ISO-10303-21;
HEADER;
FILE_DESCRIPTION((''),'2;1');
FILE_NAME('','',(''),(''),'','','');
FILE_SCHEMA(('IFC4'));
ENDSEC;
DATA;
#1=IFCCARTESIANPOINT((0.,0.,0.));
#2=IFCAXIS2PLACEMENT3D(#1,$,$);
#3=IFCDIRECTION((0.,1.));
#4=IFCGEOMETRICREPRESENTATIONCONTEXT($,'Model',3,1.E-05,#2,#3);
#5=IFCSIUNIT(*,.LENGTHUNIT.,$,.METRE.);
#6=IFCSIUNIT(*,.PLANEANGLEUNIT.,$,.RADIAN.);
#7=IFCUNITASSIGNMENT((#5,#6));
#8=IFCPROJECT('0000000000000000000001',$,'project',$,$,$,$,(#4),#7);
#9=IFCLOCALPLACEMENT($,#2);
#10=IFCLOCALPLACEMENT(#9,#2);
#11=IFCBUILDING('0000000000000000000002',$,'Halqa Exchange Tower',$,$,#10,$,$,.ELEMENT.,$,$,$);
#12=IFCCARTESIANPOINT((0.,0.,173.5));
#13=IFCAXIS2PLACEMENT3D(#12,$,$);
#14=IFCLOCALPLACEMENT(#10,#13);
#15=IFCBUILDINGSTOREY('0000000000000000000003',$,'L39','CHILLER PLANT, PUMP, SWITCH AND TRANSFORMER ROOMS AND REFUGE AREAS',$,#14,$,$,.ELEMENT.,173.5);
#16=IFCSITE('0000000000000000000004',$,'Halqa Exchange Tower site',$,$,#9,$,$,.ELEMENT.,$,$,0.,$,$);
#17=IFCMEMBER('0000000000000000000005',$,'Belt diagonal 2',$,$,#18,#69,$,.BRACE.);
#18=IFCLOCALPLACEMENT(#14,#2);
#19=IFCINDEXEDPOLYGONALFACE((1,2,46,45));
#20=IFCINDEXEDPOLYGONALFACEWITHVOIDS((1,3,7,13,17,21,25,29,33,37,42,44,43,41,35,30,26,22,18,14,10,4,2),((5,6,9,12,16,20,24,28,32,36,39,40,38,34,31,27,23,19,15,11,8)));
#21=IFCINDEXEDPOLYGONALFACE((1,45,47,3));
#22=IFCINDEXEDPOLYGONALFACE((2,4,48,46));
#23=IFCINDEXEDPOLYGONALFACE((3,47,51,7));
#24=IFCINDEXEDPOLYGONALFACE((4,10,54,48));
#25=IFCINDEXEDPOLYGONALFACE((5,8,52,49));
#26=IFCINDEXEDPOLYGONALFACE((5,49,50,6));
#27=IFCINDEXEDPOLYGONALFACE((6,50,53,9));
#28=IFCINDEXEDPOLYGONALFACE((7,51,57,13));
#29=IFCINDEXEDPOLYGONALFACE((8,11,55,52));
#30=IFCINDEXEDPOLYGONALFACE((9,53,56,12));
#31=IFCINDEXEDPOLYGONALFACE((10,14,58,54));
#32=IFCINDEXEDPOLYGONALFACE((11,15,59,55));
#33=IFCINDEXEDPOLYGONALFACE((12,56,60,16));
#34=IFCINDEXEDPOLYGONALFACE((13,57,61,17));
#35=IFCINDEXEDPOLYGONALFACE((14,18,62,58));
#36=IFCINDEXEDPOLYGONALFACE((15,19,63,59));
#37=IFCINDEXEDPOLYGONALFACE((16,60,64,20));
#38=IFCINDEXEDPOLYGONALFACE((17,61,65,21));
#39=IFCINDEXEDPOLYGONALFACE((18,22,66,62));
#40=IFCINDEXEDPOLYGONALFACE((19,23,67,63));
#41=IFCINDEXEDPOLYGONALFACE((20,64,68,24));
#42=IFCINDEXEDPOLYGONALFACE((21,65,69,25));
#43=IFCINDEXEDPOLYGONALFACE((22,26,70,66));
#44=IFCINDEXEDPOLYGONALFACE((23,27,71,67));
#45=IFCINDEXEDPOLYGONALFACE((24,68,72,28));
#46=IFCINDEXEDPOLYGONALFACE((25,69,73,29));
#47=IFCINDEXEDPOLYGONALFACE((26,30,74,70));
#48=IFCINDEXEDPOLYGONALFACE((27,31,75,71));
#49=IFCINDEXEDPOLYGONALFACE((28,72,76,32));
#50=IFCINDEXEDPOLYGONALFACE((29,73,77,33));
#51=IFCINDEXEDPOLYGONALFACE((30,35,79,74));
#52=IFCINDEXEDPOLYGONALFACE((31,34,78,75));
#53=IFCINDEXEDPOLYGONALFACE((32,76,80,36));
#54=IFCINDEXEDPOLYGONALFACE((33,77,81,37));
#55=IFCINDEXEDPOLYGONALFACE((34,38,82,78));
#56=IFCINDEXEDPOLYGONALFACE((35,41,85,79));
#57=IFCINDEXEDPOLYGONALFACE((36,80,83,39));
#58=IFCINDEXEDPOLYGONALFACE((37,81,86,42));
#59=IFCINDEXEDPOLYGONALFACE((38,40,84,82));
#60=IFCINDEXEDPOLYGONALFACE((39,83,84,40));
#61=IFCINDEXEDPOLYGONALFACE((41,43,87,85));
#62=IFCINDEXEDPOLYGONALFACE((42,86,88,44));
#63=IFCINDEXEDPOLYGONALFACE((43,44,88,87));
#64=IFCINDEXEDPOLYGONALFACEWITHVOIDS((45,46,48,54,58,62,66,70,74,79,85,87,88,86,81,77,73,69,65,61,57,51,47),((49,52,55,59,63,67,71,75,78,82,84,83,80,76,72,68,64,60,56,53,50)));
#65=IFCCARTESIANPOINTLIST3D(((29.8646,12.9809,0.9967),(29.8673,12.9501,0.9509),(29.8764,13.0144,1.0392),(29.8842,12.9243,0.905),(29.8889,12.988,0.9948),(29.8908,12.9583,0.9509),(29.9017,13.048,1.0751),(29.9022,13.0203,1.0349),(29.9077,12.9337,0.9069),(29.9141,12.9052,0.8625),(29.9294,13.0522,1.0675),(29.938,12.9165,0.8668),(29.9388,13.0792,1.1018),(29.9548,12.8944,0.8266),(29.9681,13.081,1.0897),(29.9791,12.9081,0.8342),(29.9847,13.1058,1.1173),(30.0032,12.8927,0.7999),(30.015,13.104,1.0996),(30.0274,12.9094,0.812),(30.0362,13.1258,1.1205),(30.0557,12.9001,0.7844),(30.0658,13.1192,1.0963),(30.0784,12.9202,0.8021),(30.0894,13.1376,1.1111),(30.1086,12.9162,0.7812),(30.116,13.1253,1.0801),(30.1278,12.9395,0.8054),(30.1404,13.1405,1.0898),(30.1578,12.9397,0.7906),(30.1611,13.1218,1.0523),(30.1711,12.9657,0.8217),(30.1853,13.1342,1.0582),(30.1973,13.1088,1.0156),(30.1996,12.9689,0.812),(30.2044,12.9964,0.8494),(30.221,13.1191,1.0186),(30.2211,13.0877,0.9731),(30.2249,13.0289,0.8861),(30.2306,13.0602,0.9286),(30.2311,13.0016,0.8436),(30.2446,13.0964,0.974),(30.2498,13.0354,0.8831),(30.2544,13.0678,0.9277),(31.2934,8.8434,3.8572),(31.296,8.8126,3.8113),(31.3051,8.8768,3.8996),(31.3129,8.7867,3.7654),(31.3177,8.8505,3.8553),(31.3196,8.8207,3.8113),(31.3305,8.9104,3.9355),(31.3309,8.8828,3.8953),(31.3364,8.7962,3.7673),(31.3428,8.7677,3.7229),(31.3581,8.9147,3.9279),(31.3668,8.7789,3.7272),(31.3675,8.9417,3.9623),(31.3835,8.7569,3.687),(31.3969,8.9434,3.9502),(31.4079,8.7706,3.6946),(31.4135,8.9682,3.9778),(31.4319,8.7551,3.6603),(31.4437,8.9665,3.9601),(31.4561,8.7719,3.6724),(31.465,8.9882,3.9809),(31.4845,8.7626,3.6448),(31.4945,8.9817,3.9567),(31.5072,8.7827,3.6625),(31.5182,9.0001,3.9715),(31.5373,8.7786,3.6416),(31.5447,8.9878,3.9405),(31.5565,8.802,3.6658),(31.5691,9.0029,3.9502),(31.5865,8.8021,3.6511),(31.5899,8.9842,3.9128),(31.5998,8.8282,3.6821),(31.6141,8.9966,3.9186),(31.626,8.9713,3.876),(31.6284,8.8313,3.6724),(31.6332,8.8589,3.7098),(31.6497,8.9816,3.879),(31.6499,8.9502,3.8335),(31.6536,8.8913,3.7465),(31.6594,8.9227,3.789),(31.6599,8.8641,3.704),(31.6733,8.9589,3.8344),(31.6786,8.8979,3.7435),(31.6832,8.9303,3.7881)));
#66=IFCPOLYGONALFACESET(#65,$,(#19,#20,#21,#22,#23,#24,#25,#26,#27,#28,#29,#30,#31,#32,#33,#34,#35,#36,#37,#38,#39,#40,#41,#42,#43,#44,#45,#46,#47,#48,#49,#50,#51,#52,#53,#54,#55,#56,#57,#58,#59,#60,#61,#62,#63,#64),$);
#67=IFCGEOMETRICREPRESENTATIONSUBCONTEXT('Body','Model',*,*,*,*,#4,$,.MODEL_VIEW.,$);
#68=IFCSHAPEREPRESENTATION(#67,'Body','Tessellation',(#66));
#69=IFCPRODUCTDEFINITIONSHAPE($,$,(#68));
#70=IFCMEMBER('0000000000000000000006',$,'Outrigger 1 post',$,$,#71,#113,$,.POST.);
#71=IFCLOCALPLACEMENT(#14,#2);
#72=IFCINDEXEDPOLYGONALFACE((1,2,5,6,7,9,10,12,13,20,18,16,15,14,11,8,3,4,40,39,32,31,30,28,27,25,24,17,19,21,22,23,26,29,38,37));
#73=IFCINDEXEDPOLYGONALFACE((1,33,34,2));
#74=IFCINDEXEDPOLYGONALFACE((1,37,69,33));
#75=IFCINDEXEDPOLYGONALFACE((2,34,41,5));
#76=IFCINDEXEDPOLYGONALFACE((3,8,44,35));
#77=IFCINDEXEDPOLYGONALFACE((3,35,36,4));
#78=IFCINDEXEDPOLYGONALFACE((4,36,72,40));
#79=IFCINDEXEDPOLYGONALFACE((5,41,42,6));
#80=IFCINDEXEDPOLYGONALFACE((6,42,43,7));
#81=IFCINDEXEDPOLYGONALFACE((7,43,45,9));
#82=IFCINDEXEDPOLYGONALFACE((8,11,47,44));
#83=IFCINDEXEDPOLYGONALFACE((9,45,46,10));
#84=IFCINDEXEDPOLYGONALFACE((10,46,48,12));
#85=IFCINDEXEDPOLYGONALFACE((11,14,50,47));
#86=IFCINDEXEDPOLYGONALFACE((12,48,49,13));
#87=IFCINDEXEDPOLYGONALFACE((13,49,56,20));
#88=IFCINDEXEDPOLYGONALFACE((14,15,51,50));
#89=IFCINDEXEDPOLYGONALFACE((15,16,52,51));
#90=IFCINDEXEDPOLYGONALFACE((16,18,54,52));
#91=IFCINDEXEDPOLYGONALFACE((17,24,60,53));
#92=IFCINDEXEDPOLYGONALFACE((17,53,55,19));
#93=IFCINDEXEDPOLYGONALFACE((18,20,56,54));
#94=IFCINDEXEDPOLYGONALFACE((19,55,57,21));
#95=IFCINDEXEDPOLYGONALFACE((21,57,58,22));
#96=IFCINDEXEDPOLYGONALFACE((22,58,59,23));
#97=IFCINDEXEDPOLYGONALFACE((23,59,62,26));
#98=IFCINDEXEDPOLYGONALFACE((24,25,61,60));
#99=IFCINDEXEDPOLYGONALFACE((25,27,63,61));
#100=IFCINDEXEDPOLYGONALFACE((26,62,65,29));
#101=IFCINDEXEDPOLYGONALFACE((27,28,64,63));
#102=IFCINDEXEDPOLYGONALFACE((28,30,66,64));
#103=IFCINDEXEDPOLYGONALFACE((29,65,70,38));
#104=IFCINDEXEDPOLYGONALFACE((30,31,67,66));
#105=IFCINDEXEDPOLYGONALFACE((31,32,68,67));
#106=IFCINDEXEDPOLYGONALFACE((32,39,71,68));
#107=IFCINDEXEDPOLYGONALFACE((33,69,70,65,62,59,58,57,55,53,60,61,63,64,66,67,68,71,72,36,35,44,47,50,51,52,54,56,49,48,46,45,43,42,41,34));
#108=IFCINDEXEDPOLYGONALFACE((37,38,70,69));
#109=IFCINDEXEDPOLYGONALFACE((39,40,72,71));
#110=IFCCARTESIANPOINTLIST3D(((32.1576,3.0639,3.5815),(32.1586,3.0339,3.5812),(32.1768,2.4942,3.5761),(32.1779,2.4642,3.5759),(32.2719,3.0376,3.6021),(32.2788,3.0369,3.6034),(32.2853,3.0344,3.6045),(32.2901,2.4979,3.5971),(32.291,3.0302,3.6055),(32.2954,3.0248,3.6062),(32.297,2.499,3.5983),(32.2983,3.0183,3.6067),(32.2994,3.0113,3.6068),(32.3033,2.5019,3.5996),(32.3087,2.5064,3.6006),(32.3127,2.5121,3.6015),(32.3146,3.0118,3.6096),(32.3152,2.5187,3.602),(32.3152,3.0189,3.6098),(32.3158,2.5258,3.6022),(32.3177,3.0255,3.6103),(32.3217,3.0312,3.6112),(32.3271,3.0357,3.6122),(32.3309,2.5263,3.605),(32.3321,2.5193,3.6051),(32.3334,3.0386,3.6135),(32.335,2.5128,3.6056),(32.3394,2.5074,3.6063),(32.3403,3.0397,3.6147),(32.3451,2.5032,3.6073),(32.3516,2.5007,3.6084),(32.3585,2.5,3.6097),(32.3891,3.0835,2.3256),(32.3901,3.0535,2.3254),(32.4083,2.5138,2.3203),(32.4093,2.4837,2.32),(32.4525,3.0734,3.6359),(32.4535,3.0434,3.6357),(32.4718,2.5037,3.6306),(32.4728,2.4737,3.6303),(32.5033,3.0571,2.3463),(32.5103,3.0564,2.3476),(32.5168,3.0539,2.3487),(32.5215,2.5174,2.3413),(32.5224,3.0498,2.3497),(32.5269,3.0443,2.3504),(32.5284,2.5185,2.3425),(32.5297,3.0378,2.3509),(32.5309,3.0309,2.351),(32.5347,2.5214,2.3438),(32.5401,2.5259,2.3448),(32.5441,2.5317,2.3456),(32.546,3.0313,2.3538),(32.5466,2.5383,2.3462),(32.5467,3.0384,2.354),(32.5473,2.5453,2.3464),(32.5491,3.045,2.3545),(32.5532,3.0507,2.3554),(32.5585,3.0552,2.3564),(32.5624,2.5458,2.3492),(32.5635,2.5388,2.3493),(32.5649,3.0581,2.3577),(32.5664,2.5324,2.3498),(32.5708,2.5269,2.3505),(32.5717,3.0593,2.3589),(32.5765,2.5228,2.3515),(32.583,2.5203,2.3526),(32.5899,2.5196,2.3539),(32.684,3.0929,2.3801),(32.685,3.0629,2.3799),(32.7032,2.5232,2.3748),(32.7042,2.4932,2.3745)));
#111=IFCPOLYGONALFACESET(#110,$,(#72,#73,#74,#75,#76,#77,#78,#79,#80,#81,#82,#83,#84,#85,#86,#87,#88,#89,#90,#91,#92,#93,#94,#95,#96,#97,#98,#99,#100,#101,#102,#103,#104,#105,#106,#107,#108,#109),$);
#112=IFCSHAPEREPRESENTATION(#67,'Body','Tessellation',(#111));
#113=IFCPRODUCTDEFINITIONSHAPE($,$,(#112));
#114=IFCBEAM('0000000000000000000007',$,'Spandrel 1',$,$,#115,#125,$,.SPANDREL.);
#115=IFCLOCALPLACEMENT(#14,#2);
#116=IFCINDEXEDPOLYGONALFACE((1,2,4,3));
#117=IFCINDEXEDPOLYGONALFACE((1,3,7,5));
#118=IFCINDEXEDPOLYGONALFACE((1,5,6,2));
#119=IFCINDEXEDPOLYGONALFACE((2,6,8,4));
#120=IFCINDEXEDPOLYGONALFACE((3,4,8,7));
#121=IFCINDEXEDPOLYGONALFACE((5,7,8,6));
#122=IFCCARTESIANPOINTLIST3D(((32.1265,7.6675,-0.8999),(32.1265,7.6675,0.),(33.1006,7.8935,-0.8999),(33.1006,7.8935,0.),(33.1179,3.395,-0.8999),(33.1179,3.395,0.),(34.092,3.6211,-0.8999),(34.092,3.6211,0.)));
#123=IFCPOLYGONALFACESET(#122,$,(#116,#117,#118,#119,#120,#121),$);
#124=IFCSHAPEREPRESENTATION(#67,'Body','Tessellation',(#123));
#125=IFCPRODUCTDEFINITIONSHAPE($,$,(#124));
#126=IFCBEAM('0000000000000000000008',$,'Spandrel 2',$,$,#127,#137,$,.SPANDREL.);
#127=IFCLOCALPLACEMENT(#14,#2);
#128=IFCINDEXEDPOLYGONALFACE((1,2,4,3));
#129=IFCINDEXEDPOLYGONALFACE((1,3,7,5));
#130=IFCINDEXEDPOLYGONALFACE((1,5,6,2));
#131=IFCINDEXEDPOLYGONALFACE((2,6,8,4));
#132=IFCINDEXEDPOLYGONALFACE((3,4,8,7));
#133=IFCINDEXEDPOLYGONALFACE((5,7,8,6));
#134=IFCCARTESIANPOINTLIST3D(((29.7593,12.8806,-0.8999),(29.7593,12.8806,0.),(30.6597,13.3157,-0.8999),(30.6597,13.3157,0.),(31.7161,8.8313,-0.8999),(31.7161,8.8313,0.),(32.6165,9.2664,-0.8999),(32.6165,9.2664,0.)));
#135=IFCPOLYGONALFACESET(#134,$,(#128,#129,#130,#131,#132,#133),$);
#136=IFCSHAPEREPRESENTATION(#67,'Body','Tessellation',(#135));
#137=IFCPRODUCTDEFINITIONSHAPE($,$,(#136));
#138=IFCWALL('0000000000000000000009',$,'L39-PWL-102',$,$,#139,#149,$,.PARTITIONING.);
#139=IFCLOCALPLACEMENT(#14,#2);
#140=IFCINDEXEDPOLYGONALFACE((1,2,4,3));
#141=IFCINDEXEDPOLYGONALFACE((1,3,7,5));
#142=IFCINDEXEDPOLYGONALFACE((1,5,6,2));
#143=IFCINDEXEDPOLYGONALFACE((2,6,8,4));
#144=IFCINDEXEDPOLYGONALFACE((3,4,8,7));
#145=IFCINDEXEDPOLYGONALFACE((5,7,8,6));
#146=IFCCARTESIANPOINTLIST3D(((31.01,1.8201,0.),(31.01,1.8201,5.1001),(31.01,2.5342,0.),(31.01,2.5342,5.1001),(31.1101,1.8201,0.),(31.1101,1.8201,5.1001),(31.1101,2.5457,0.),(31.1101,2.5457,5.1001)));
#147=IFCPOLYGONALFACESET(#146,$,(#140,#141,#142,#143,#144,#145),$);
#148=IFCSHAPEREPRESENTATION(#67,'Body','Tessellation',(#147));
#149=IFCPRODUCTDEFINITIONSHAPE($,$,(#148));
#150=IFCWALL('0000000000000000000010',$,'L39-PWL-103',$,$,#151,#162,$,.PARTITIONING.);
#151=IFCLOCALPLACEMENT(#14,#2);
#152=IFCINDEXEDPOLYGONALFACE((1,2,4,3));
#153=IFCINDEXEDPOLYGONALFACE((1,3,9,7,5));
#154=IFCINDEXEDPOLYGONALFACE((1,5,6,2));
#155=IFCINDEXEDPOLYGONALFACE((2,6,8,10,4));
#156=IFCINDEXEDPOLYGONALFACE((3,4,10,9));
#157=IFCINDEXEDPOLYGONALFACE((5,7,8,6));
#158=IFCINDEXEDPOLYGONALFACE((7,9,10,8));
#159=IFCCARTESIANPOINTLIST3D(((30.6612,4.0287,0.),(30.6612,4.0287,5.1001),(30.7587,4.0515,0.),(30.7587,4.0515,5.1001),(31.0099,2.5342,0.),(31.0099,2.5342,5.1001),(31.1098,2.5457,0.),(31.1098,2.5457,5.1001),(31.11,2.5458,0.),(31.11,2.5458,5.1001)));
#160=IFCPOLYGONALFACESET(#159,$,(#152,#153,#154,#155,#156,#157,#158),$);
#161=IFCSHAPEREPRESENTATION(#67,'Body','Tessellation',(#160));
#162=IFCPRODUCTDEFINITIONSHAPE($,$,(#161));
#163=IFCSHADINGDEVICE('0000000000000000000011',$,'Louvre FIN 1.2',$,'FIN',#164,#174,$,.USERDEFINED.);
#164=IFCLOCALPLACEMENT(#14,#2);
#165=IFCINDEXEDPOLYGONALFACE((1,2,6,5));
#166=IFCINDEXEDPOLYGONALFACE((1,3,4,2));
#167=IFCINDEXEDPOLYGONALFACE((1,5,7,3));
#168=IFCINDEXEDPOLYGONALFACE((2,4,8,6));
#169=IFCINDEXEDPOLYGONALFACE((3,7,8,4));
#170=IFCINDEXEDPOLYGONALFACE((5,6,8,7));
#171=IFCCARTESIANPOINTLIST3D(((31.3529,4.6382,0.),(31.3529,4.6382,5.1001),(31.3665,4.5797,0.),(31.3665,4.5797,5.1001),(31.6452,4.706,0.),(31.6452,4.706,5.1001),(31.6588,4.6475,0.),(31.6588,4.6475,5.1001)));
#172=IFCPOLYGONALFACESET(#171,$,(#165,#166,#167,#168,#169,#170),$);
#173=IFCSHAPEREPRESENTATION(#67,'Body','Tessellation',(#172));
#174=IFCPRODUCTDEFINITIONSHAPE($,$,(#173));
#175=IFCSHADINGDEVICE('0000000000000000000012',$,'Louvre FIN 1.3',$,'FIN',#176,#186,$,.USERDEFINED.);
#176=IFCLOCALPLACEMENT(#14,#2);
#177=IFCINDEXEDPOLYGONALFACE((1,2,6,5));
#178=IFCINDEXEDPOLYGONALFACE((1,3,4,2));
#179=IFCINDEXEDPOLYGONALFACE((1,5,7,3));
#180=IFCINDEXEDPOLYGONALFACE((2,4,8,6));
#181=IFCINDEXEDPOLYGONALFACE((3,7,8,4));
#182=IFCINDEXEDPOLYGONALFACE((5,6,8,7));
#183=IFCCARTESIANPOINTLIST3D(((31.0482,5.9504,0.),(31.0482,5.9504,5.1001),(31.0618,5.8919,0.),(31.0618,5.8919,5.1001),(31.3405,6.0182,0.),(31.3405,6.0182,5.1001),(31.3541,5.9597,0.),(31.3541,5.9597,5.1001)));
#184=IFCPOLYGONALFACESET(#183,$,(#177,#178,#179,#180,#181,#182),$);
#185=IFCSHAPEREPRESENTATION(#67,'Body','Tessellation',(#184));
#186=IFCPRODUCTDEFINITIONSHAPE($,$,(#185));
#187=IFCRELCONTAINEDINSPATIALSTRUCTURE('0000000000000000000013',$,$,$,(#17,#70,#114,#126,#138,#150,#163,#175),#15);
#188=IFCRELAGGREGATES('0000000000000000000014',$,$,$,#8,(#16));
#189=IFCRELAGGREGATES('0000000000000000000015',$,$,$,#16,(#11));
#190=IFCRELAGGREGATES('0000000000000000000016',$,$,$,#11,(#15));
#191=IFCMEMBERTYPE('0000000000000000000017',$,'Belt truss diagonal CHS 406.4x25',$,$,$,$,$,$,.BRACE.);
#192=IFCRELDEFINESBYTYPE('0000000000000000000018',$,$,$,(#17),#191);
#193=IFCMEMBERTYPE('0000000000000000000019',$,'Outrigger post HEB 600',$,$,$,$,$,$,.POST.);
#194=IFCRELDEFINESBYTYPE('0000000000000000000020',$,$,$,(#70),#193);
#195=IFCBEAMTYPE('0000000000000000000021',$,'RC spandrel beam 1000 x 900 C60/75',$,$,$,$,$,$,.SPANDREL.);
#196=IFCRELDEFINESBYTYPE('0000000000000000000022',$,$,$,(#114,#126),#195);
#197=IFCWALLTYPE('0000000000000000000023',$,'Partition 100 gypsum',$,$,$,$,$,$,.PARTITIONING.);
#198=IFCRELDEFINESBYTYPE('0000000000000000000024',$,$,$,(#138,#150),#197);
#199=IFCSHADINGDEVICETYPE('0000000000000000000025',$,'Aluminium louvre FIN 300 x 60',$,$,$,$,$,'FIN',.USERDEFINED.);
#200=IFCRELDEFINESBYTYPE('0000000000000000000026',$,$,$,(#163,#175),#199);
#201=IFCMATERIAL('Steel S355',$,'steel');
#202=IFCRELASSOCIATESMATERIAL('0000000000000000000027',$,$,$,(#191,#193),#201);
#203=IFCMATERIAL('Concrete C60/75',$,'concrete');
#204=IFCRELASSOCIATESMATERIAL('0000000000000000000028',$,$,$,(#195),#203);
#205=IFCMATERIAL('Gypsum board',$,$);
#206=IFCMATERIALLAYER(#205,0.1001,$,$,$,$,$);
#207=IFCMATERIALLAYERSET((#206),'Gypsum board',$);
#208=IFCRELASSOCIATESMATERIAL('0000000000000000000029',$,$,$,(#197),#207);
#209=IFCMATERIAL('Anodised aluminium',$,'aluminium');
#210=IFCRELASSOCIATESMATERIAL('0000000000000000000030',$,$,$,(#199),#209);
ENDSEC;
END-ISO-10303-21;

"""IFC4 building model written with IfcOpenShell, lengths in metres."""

from ifc_helpers import new_model, si_unit, direction, frame, origin, origin_2d, place, context, subcontext, project, spatial, polyline, rectangle, hollow_circle, i_section, outline, extrude, material, layer, layer_set, material_profile, profile_set, type_object, element, save


model = new_model("IFC4")

# Units and contexts
model_context = context("Model", 3, precision=1e-05, world=origin(), true_north=direction((0.0, 1.0)))
body_context = subcontext(model_context, "Body", "Model", "MODEL_VIEW")
ifc_project = project(units=[si_unit("LENGTHUNIT", "METRE"), si_unit("PLANEANGLEUNIT", "RADIAN")], contexts=[model_context])

# Site, building, storey
site_placement = place(None, origin())
site = spatial("IfcSite", under=ifc_project, at=site_placement, Name="Halqa Exchange Tower site", CompositionType="ELEMENT", RefElevation=0.0)
building_placement = place(site_placement, origin())
building = spatial("IfcBuilding", under=site, at=building_placement, Name="Halqa Exchange Tower", CompositionType="ELEMENT")
storey_placement = place(building_placement, frame((0.0, 0.0, 173.5)))
storey = spatial("IfcBuildingStorey", under=building, at=storey_placement, Name="L39", Description="CHILLER PLANT, PUMP, SWITCH AND TRANSFORMER ROOMS AND REFUGE AREAS", CompositionType="ELEMENT", Elevation=173.5)

# Members
ifc_material_1 = material(Name="Steel S355", Category="steel")
ifc_material_profile_1 = material_profile(ifc_material_1, hollow_circle(Radius=0.2031, WallThickness=0.0249, at=origin_2d()), Name="CHS 406.4x25")
ifc_profile_set_1 = profile_set([ifc_material_profile_1], Name="Steel S355")
member_type_1 = type_object("IfcMemberType", Name="Belt truss diagonal CHS 406.4x25", PredefinedType="BRACE", material=ifc_profile_set_1)
member_1_placement = place(storey_placement, frame((31.488, 8.8789, 3.8113), z_axis=(-0.273234, 0.791267, -0.547028), x_axis=(-0.945232, -0.3264, 0.0)))
element("IfcMember", 1, at=member_1_placement, inside=storey, type_object=member_type_1, Name="Belt diagonal 2", PredefinedType="BRACE", context=body_context, shape_type="SweptSolid", body=[
    extrude(hollow_circle(Radius=0.2031, WallThickness=0.0249, at=origin_2d()), origin(), (0.0, 0.0, 1.0), 5.229),
])
ifc_material_profile_2 = material_profile(ifc_material_1, i_section(OverallWidth=0.3, OverallDepth=0.6001, WebThickness=0.0154, FlangeThickness=0.03, FilletRadius=0.0271, at=origin_2d()), Name="HEB 600")
ifc_profile_set_2 = profile_set([ifc_material_profile_2], Name="Steel S355")
member_type_2 = type_object("IfcMemberType", Name="Outrigger post HEB 600", PredefinedType="POST", material=ifc_profile_set_2)
member_2_placement = place(storey_placement, frame((32.5466, 2.7883, 2.3501), z_axis=(-0.181219, -0.015293, 0.983324), x_axis=(0.982865, 0.031452, 0.181624)))
element("IfcMember", 2, at=member_2_placement, inside=storey, type_object=member_type_2, Name="Outrigger 1 post", PredefinedType="POST", context=body_context, shape_type="SweptSolid", body=[
    extrude(i_section(OverallWidth=0.3, OverallDepth=0.6001, WebThickness=0.0154, FlangeThickness=0.03, FilletRadius=0.0271, at=origin_2d()), origin(), (0.0, 0.0, 1.0), 1.2771),
])

# Beams
ifc_material_2 = material(Name="Concrete C60/75", Category="concrete")
ifc_material_profile_3 = material_profile(ifc_material_2, rectangle(XDim=1.0, YDim=0.8999, at=origin_2d()), Name="1000 x 900")
ifc_profile_set_3 = profile_set([ifc_material_profile_3], Name="Concrete C60/75")
beam_type = type_object("IfcBeamType", Name="RC spandrel beam 1000 x 900 C60/75", PredefinedType="SPANDREL", material=ifc_profile_set_3)
beam_1_placement = place(storey_placement, frame((33.605, 3.5081, -0.45), z_axis=(-0.22605, 0.974116, 0.0), x_axis=(-0.974116, -0.22605, 0.0)))
element("IfcBeam", 3, at=beam_1_placement, inside=storey, type_object=beam_type, Name="Spandrel 1", PredefinedType="SPANDREL", context=body_context, shape_type="SweptSolid", body=[
    extrude(rectangle(XDim=1.0, YDim=0.8999, at=origin_2d()), origin(), (0.0, 0.0, 1.0), 4.386),
])
beam_2_placement = place(storey_placement, frame((32.1663, 9.0488, -0.45), z_axis=(-0.4351, 0.900382, 0.0), x_axis=(-0.900382, -0.4351, 0.0)))
element("IfcBeam", 4, at=beam_2_placement, inside=storey, type_object=beam_type, Name="Spandrel 2", PredefinedType="SPANDREL", context=body_context, shape_type="SweptSolid", body=[
    extrude(rectangle(XDim=1.0, YDim=0.8999, at=origin_2d()), origin(), (0.0, 0.0, 1.0), 4.4973),
])

# Walls
ifc_material_3 = material(Name="Gypsum board")
ifc_layer_1 = layer(ifc_material_3, 0.1001)
ifc_layer_set_1 = layer_set([ifc_layer_1], Name="Gypsum board")
wall_type = type_object("IfcWallType", Name="Partition 100 gypsum", PredefinedType="PARTITIONING", material=ifc_layer_set_1)
wall_1_placement = place(storey_placement, frame((31.0601, 1.8201, 0.0), z_axis=(0.0, 0.0, 1.0), x_axis=(0.0, 1.0, 0.0)))
element("IfcWall", 5, at=wall_1_placement, inside=storey, type_object=wall_type, Name="L39-PWL-102", PredefinedType="PARTITIONING", context=body_context, shape_type="SweptSolid", body=[
    extrude(outline(polyline([(0.0, -0.05), (0.7256, -0.05), (0.7141, 0.05), (0.0, 0.05), (0.0, -0.05)])), origin(), (0.0, 0.0, 1.0), 5.1001),
])
wall_2_placement = place(storey_placement, frame((31.0613, 2.5344, 0.0), z_axis=(0.0, 0.0, 1.0), x_axis=(-0.227235, 0.97384, 0.0)))
element("IfcWall", 6, at=wall_2_placement, inside=storey, type_object=wall_type, Name="L39-PWL-103", PredefinedType="PARTITIONING", context=body_context, shape_type="SweptSolid", body=[
    extrude(outline(polyline([(1.5461, 0.05), (0.0115, 0.05), (0.0, -0.0498), (0.0, -0.05), (1.5461, -0.05), (1.5461, 0.05)])), origin(), (0.0, 0.0, 1.0), 5.1001),
])

# Shading devices
ifc_material_4 = material(Name="Anodised aluminium", Category="aluminium")
ifc_material_profile_4 = material_profile(ifc_material_4, rectangle(XDim=0.3, YDim=0.0601, at=origin_2d()), Name="AL FIN 300x60")
ifc_profile_set_4 = profile_set([ifc_material_profile_4], Name="Anodised aluminium")
shading_device_type = type_object("IfcShadingDeviceType", Name="Aluminium louvre FIN 300 x 60", ElementType="FIN", PredefinedType="USERDEFINED", material=ifc_profile_set_4)
for number, where, z_axis, x_axis, name in (
    (7, (31.5059, 4.6428, 0.0), (0.0, 0.0, 1.0), (-0.974112, -0.226066, 0.0), "Louvre FIN 1.2"),
    (8, (31.2012, 5.9551, 0.0), (0.0, 0.0, 1.0), (-0.974112, -0.226066, 0.0), "Louvre FIN 1.3"),
):
    element("IfcShadingDevice", number, at=place(storey_placement, frame(where, z_axis=z_axis, x_axis=x_axis)), inside=storey, type_object=shading_device_type, Name=name, ObjectType="FIN", PredefinedType="USERDEFINED", context=body_context, shape_type="SweptSolid", body=[
        extrude(rectangle(XDim=0.3, YDim=0.0601, at=origin_2d()), origin(), (0.0, 0.0, 1.0), 5.1001),
    ])

save(model, "model.ifc")
